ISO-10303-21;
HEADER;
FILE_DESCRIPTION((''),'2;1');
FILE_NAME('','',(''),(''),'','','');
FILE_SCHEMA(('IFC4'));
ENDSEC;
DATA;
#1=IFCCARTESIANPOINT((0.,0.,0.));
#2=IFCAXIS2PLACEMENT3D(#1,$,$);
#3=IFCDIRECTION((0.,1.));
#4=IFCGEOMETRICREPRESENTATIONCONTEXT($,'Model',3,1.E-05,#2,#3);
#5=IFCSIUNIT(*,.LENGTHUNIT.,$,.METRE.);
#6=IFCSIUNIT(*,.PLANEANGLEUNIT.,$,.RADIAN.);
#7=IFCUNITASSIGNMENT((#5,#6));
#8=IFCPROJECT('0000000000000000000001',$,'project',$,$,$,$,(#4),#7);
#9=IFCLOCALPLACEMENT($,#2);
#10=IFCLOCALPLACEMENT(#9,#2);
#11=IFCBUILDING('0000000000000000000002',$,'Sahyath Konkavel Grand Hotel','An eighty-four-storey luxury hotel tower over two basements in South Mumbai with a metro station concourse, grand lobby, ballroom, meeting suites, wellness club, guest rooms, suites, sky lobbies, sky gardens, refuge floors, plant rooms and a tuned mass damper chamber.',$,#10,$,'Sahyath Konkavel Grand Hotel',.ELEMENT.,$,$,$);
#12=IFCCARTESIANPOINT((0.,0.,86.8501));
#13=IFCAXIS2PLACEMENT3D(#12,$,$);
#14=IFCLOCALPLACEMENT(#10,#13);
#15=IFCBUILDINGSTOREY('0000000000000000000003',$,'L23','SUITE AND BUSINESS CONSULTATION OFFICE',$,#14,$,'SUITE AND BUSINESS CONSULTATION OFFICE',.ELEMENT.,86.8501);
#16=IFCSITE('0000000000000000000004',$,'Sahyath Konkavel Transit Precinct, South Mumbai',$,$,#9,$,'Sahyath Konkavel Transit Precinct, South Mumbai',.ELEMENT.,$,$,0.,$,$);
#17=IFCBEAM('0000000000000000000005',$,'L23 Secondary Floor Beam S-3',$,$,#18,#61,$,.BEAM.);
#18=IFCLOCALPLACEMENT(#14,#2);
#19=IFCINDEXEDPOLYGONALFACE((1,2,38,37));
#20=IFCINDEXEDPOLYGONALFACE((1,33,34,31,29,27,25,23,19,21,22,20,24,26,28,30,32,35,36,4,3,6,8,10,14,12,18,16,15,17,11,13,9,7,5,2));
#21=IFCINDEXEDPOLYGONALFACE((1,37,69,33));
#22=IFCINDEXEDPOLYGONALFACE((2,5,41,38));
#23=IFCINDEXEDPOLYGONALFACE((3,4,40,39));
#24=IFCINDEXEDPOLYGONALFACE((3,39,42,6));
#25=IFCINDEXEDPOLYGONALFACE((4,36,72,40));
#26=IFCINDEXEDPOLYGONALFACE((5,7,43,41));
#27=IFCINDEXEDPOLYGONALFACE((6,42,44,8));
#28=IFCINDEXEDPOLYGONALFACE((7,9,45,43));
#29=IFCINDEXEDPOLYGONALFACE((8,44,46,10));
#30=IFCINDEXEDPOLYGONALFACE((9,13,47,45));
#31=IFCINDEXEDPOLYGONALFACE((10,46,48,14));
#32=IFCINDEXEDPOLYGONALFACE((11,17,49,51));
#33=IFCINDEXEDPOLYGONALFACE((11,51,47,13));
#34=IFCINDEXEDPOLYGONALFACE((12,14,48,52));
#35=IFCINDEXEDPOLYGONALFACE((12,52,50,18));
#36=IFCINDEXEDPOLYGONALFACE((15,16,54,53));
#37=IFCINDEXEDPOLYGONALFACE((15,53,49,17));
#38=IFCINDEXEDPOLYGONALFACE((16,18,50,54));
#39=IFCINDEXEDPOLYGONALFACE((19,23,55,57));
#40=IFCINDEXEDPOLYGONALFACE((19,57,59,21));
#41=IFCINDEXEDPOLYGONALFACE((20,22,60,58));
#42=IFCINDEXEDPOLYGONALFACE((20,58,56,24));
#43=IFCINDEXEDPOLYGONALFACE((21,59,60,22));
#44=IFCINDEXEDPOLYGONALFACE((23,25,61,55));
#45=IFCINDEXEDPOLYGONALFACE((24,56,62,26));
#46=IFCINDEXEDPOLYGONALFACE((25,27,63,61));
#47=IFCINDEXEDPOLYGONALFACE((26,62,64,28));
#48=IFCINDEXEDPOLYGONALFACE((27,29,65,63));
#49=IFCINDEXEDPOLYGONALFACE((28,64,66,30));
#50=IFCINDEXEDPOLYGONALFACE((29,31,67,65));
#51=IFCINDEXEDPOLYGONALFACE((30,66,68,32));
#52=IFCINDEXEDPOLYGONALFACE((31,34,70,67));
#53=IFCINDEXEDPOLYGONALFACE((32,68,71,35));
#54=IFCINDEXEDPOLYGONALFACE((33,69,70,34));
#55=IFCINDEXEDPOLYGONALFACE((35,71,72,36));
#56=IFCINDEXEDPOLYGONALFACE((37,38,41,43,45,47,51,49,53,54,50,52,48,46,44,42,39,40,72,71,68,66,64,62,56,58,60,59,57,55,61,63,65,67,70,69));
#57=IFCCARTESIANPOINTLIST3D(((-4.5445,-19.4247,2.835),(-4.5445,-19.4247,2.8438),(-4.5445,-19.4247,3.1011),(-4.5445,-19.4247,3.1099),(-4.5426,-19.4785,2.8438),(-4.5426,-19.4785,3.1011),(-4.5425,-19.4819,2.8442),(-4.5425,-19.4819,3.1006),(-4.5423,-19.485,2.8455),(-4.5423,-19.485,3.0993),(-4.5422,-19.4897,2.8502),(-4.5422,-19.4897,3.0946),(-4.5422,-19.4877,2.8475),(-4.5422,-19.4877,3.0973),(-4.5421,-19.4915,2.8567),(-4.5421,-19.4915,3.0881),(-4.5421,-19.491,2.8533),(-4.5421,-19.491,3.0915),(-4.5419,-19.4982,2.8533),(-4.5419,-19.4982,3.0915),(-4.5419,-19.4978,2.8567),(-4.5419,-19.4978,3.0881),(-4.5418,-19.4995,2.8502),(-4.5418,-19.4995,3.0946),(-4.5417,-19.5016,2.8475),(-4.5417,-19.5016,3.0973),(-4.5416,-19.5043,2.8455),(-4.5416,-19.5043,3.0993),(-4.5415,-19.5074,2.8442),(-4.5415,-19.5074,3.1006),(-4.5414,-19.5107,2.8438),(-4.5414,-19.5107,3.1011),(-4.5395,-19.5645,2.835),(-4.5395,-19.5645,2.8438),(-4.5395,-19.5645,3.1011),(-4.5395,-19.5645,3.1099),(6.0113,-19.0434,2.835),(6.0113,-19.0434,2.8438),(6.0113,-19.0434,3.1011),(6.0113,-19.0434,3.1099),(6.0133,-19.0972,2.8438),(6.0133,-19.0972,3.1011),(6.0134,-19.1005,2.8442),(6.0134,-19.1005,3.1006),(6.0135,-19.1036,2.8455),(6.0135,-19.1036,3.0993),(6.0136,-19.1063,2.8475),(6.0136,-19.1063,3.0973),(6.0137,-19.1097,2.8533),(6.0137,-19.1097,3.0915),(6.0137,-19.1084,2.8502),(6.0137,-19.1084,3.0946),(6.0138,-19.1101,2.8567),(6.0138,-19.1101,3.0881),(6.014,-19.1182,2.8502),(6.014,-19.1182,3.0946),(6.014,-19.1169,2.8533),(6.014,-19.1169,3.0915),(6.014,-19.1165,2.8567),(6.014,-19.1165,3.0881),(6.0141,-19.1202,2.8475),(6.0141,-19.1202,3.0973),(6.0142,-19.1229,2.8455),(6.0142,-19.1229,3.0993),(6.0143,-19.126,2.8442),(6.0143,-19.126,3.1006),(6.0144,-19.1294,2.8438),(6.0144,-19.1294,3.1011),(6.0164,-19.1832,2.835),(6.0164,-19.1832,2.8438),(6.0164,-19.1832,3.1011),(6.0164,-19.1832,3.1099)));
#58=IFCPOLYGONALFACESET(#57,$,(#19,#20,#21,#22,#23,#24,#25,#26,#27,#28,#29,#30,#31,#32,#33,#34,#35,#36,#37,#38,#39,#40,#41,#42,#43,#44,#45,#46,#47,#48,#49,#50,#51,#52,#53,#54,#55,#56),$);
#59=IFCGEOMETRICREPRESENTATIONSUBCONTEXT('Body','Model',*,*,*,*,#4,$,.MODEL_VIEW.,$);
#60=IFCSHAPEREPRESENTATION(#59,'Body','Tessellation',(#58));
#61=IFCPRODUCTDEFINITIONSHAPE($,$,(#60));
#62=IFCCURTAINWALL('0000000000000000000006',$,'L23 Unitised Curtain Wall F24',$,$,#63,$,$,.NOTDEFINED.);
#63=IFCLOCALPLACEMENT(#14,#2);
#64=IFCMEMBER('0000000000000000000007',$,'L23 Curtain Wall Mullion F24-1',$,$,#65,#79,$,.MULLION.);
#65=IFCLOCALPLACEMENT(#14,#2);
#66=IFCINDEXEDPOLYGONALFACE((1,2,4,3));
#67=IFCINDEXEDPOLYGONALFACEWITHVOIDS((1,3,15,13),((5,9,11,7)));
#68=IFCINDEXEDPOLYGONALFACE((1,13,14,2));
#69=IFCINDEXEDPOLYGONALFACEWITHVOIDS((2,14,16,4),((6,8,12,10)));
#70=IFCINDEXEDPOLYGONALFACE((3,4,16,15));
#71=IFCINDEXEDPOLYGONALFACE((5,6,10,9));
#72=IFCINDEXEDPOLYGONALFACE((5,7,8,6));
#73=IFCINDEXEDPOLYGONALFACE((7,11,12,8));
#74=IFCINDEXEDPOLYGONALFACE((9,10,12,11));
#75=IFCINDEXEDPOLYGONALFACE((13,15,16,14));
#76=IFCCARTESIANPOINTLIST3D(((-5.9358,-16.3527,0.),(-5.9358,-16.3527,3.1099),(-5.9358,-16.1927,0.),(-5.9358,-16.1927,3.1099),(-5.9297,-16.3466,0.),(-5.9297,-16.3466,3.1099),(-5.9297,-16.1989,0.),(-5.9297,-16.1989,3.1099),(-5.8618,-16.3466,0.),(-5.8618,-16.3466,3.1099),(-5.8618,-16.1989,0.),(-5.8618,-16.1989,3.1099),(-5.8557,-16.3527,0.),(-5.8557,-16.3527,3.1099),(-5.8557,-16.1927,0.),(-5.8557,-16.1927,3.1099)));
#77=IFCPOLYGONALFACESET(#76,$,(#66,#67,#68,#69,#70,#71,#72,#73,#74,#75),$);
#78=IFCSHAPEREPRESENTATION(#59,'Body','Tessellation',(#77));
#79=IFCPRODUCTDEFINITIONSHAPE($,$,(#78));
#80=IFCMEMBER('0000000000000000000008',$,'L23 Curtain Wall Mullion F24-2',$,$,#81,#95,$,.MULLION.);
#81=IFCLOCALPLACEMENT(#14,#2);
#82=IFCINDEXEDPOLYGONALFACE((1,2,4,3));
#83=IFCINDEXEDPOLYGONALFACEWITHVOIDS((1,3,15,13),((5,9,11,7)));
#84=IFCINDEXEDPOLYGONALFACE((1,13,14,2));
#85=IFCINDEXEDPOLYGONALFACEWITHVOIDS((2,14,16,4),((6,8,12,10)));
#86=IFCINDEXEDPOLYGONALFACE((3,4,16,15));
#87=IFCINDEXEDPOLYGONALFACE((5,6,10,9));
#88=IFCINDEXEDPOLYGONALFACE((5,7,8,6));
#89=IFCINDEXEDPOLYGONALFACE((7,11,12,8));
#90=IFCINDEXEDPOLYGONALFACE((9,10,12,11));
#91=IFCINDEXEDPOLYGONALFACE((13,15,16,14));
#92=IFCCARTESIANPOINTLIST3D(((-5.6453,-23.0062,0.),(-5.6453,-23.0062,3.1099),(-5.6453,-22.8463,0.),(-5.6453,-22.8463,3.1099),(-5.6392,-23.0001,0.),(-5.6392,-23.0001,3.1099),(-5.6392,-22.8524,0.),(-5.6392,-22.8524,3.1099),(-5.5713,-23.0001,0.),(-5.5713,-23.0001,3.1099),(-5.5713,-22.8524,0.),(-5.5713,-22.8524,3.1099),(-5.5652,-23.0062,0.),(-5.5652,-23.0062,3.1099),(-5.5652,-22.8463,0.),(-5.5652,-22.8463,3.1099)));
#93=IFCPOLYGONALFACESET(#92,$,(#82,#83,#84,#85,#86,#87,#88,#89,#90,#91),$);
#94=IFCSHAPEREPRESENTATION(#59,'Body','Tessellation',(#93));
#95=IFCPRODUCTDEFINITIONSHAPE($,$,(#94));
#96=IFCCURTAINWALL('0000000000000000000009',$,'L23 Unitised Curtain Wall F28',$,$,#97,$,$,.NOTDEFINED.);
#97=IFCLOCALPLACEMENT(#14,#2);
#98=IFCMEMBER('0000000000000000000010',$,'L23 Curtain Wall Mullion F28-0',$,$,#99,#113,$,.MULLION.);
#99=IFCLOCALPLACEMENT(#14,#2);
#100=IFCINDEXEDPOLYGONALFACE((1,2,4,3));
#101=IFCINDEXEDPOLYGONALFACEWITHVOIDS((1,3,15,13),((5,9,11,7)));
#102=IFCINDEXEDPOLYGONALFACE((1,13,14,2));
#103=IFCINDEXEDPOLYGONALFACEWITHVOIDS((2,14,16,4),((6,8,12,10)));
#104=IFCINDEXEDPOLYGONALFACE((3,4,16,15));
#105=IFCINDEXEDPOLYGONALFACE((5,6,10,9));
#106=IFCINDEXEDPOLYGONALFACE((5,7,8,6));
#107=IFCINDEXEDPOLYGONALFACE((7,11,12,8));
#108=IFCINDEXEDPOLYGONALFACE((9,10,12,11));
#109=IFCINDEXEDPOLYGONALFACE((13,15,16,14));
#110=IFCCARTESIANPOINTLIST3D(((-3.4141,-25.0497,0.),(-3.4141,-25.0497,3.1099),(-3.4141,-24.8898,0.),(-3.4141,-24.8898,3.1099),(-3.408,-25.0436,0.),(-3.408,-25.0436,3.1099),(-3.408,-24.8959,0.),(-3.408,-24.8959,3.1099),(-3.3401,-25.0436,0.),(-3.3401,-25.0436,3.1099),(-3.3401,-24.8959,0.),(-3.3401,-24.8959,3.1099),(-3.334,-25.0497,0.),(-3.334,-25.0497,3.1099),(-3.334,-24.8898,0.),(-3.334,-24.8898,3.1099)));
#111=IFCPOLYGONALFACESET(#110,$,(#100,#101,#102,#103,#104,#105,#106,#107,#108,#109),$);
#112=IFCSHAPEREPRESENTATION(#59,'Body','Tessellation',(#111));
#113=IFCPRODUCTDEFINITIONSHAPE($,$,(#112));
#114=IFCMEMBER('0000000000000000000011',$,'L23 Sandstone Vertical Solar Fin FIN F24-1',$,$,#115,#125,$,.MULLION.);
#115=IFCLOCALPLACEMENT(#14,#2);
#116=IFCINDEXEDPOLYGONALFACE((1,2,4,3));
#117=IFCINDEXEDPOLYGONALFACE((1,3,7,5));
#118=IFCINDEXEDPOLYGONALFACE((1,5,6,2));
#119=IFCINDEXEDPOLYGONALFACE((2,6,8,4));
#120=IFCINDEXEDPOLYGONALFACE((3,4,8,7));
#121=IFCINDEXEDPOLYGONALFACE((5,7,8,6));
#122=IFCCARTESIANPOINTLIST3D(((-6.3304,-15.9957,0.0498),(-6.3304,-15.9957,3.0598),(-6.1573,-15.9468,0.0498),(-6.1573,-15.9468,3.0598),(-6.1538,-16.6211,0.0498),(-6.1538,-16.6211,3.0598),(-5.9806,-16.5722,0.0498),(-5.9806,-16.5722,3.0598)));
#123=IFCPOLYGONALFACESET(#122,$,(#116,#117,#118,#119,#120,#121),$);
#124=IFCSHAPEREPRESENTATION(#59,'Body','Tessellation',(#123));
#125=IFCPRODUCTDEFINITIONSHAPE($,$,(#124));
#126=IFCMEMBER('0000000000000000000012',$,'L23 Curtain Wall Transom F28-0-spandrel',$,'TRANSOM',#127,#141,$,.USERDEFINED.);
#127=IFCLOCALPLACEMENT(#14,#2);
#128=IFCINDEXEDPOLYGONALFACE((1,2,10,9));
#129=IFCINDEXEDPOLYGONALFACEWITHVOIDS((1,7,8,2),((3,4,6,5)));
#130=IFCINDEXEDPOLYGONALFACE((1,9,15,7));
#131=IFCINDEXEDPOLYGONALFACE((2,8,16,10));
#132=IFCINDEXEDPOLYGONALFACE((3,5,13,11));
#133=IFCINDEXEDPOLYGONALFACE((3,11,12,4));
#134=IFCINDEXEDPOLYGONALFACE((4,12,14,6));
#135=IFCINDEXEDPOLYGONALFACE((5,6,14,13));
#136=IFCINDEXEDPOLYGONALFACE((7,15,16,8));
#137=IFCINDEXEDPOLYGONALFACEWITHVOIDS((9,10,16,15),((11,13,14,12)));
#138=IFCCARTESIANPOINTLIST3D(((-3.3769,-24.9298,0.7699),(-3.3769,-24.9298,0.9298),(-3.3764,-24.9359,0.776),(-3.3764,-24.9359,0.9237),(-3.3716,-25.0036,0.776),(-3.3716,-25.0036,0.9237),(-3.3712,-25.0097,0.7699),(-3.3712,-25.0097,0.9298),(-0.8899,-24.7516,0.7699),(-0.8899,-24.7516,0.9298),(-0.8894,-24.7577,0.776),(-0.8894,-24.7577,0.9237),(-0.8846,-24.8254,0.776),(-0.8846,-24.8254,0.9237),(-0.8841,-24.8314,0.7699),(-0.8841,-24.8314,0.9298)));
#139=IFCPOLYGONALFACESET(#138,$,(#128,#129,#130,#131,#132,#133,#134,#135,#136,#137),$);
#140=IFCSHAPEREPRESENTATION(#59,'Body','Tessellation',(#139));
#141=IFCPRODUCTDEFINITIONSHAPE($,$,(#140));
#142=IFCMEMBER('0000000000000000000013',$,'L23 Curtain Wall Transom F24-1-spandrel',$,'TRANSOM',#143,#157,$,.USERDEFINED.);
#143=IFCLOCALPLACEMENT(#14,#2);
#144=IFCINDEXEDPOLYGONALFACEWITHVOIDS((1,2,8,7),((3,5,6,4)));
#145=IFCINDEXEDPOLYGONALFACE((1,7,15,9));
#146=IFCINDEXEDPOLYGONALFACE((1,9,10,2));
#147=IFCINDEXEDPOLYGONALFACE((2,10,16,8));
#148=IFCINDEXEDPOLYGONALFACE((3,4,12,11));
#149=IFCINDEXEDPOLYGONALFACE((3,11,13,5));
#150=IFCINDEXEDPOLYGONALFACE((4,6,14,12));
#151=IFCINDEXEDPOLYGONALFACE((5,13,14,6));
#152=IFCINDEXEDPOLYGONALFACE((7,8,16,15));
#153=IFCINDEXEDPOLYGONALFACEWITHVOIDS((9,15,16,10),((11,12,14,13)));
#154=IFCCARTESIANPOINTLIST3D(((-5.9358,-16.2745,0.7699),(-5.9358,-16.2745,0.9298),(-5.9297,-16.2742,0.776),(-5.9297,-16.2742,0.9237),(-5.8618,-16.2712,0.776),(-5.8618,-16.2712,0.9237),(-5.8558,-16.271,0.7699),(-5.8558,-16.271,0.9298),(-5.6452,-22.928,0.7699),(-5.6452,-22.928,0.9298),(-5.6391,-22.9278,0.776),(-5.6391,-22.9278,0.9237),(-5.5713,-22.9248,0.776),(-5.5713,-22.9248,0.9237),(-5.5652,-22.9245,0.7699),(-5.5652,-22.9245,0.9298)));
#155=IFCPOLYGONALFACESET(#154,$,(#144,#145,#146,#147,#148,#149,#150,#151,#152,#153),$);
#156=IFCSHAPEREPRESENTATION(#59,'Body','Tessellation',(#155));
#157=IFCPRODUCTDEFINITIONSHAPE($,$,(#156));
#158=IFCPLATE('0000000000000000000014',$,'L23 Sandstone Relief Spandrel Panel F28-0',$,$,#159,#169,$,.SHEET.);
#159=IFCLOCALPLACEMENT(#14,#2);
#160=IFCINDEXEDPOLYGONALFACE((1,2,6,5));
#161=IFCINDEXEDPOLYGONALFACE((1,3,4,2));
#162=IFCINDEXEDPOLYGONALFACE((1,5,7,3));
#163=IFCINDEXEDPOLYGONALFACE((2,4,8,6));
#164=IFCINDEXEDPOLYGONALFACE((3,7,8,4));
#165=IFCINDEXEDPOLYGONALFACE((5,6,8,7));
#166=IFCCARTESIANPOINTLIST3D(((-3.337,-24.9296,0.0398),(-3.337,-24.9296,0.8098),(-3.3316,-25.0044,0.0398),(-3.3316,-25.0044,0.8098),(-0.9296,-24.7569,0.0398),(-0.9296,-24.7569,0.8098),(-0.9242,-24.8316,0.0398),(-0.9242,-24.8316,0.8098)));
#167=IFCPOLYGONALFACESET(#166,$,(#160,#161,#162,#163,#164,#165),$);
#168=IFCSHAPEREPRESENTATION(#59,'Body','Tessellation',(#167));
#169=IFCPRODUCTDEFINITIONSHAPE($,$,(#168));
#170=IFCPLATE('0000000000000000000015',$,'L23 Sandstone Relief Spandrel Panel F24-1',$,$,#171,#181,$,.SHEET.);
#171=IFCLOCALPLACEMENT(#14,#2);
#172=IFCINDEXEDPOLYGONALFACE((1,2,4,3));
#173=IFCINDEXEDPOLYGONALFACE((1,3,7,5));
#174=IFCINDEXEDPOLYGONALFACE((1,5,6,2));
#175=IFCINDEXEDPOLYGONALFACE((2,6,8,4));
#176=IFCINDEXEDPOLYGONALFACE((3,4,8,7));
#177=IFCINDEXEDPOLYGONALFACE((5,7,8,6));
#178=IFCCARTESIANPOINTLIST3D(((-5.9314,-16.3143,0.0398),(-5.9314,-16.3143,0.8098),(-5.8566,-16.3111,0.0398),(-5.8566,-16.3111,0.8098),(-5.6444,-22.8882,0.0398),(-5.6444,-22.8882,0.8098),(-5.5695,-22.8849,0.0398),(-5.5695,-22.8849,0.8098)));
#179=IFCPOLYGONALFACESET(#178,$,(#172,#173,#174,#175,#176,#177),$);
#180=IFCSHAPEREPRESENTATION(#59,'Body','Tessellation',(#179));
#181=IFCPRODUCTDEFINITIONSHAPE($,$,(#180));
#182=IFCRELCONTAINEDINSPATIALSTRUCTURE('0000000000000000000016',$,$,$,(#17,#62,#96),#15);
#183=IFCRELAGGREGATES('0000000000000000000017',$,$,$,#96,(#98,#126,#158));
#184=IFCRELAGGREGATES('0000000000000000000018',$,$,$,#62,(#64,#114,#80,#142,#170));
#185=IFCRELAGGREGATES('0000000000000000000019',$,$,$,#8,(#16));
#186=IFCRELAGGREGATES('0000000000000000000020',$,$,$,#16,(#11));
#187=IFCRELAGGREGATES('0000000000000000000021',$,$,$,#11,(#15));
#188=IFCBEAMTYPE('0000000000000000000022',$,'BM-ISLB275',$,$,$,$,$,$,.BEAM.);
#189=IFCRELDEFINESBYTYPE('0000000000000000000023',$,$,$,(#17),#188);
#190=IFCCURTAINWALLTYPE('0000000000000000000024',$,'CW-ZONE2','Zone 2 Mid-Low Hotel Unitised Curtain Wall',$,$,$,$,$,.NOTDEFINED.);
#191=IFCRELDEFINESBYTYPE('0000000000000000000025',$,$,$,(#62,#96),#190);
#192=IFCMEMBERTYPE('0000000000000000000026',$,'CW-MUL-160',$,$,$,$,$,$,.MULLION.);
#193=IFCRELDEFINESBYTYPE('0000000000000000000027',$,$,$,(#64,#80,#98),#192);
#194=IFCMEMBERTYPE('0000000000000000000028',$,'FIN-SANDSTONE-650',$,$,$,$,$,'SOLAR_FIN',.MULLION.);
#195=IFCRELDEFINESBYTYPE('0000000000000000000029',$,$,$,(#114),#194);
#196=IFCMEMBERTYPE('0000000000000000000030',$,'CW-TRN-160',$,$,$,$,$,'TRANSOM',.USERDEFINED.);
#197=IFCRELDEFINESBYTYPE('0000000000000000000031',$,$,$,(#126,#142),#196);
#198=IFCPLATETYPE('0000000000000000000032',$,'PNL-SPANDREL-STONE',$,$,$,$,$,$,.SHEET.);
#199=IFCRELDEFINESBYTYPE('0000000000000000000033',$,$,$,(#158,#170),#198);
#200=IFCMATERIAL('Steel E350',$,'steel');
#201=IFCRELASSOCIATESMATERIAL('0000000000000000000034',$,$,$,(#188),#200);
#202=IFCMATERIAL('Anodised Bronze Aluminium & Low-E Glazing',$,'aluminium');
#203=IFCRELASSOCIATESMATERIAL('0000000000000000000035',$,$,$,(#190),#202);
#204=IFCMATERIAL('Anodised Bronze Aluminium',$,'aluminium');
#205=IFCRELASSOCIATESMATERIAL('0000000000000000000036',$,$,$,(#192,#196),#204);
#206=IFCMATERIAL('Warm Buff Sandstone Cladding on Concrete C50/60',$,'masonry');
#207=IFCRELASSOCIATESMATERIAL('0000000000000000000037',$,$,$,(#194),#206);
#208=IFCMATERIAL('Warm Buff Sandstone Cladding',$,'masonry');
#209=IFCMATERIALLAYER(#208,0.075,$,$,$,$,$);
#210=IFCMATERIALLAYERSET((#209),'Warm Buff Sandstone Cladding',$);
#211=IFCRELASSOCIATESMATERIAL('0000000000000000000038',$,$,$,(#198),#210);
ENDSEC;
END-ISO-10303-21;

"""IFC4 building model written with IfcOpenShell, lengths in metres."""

from ifc_helpers import new_model, si_unit, direction, frame, origin, origin_2d, place, context, subcontext, project, spatial, rectangle, hollow_rectangle, i_section, extrude, source, transform, mapped, material, layer, layer_set, material_profile, profile_set, type_object, element, aggregate, save


model = new_model("IFC4")

# Units and contexts
model_context = context("Model", 3, precision=1e-05, world=origin(), true_north=direction((0.0, 1.0)))
body_context = subcontext(model_context, "Body", "Model", "MODEL_VIEW")
ifc_project = project(units=[si_unit("LENGTHUNIT", "METRE"), si_unit("PLANEANGLEUNIT", "RADIAN")], contexts=[model_context])

# Site, building, storey
site_placement = place(None, origin())
site = spatial("IfcSite", under=ifc_project, at=site_placement, Name="Sahyath Konkavel Transit Precinct, South Mumbai", LongName="Sahyath Konkavel Transit Precinct, South Mumbai", CompositionType="ELEMENT", RefElevation=0.0)
building_placement = place(site_placement, origin())
building = spatial("IfcBuilding", under=site, at=building_placement, Name="Sahyath Konkavel Grand Hotel", Description="An eighty-four-storey luxury hotel tower over two basements in South Mumbai with a metro station concourse, grand lobby, ballroom, meeting suites, wellness club, guest rooms, suites, sky lobbies, sky gardens, refuge floors, plant rooms and a tuned mass damper chamber.", LongName="Sahyath Konkavel Grand Hotel", CompositionType="ELEMENT")
storey_placement = place(building_placement, frame((0.0, 0.0, 86.8501)))
storey = spatial("IfcBuildingStorey", under=building, at=storey_placement, Name="L23", Description="SUITE AND BUSINESS CONSULTATION OFFICE", LongName="SUITE AND BUSINESS CONSULTATION OFFICE", CompositionType="ELEMENT", Elevation=86.8501)

# Beam
ifc_material_1 = material(Name="Steel E350", Category="steel")
ifc_material_profile_1 = material_profile(ifc_material_1, i_section(OverallWidth=0.1399, OverallDepth=0.2749, WebThickness=0.0063, FlangeThickness=0.0088, FilletRadius=0.0129, at=origin_2d()), Name="ISLB 275")
ifc_profile_set_1 = profile_set([ifc_material_profile_1], Name="Steel E350")
beam_type_1 = type_object("IfcBeamType", Name="BM-ISLB275", PredefinedType="BEAM", material=ifc_profile_set_1)
shared_shape_1 = source(origin(), body_context, "Body", "SweptSolid", [
    extrude(i_section(OverallWidth=0.1399, OverallDepth=0.2749, WebThickness=0.0063, FlangeThickness=0.0088, FilletRadius=0.0129, at=origin_2d()), origin(), (0.0, 0.0, 1.0), 10.5627),
])
beam_1_placement = place(storey_placement, frame((-4.542, -19.4946, 2.9724), z_axis=(0.999348, 0.036103, 0.0), x_axis=(-0.036103, 0.999348, 0.0)))
element("IfcBeam", 1, at=beam_1_placement, inside=storey, type_object=beam_type_1, Name="L23 Secondary Floor Beam S-3", PredefinedType="BEAM", context=body_context, shape_type="MappedRepresentation", body=[
    mapped(shared_shape_1, transform((0.0, 0.0, 0.0), scale=1.0)),
])

# Curtain wall, members
ifc_material_2 = material(Name="Anodised Bronze Aluminium & Low-E Glazing", Category="aluminium")
curtain_wall_type = type_object("IfcCurtainWallType", Name="CW-ZONE2", Description="Zone 2 Mid-Low Hotel Unitised Curtain Wall", PredefinedType="NOTDEFINED", material=ifc_material_2)
curtain_wall_1_placement = place(storey_placement, origin())
curtain_wall_1 = element("IfcCurtainWall", 2, at=curtain_wall_1_placement, inside=storey, type_object=curtain_wall_type, Name="L23 Unitised Curtain Wall F24", PredefinedType="NOTDEFINED")
ifc_material_3 = material(Name="Anodised Bronze Aluminium", Category="aluminium")
ifc_material_profile_2 = material_profile(ifc_material_3, hollow_rectangle(XDim=0.0801, YDim=0.1599, WallThickness=0.0061, at=origin_2d()), Name="RHS 160x80x6")
ifc_profile_set_2 = profile_set([ifc_material_profile_2], Name="Anodised Bronze Aluminium")
member_type_1 = type_object("IfcMemberType", Name="CW-MUL-160", PredefinedType="MULLION", material=ifc_profile_set_2)
shared_shape_2 = source(origin(), body_context, "Body", "SweptSolid", [
    extrude(hollow_rectangle(XDim=0.0801, YDim=0.1599, WallThickness=0.0061, at=origin_2d()), origin(), (0.0, 0.0, 1.0), 3.1099),
])
member_1_placement = place(storey_placement, frame((-5.8958, -16.2727, 0.0), z_axis=(0.0, 0.0, 1.0), x_axis=(1.0, 0.0, 0.0)))
member_1 = element("IfcMember", 3, at=member_1_placement, type_object=member_type_1, Name="L23 Curtain Wall Mullion F24-1", PredefinedType="MULLION", context=body_context, shape_type="MappedRepresentation", body=[
    mapped(shared_shape_2, transform((0.0, 0.0, 0.0), scale=1.0)),
])
member_2_placement = place(storey_placement, frame((-5.6052, -22.9263, 0.0), z_axis=(0.0, 0.0, 1.0), x_axis=(1.0, 0.0, 0.0)))
member_2 = element("IfcMember", 4, at=member_2_placement, type_object=member_type_1, Name="L23 Curtain Wall Mullion F24-2", PredefinedType="MULLION", context=body_context, shape_type="MappedRepresentation", body=[
    mapped(shared_shape_2, transform((0.0, 0.0, 0.0), scale=1.0)),
])

# Curtain wall, member
curtain_wall_2_placement = place(storey_placement, origin())
curtain_wall_2 = element("IfcCurtainWall", 5, at=curtain_wall_2_placement, inside=storey, type_object=curtain_wall_type, Name="L23 Unitised Curtain Wall F28", PredefinedType="NOTDEFINED")
member_3_placement = place(storey_placement, frame((-3.374, -24.9697, 0.0), z_axis=(0.0, 0.0, 1.0), x_axis=(1.0, 0.0, 0.0)))
member_3 = element("IfcMember", 6, at=member_3_placement, type_object=member_type_1, Name="L23 Curtain Wall Mullion F28-0", PredefinedType="MULLION", context=body_context, shape_type="MappedRepresentation", body=[
    mapped(shared_shape_2, transform((0.0, 0.0, 0.0), scale=1.0)),
])

# Members
ifc_material_4 = material(Name="Warm Buff Sandstone Cladding on Concrete C50/60", Category="masonry")
ifc_material_profile_3 = material_profile(ifc_material_4, rectangle(XDim=0.1799, YDim=0.6499, at=origin_2d()), Name="FIN 180x650")
ifc_profile_set_3 = profile_set([ifc_material_profile_3], Name="Warm Buff Sandstone Cladding on Concrete C50/60")
member_type_2 = type_object("IfcMemberType", Name="FIN-SANDSTONE-650", ElementType="SOLAR_FIN", PredefinedType="MULLION", material=ifc_profile_set_3)
shared_shape_3 = source(origin(), body_context, "Body", "SweptSolid", [
    extrude(rectangle(XDim=0.1799, YDim=0.6499, at=origin_2d()), origin(), (0.0, 0.0, 1.0), 3.01),
])
member_4_placement = place(storey_placement, frame((-6.1555, -16.2839, 0.0498), z_axis=(0.0, 0.0, 1.0), x_axis=(0.96236, 0.271776, 0.0)))
member_4 = element("IfcMember", 7, at=member_4_placement, type_object=member_type_2, Name="L23 Sandstone Vertical Solar Fin FIN F24-1", PredefinedType="MULLION", context=body_context, shape_type="MappedRepresentation", body=[
    mapped(shared_shape_3, transform((0.0, 0.0, 0.0), scale=1.0)),
])
ifc_material_profile_4 = material_profile(ifc_material_3, hollow_rectangle(XDim=0.0801, YDim=0.1599, WallThickness=0.0061, at=origin_2d()), Name="RHS 160x80x6")
ifc_profile_set_4 = profile_set([ifc_material_profile_4], Name="Anodised Bronze Aluminium")
member_type_3 = type_object("IfcMemberType", Name="CW-TRN-160", ElementType="TRANSOM", PredefinedType="USERDEFINED", material=ifc_profile_set_4)
shared_shape_4 = source(origin(), body_context, "Body", "SweptSolid", [
    extrude(hollow_rectangle(XDim=0.0801, YDim=0.1599, WallThickness=0.0061, at=origin_2d()), origin(), (0.0, 0.0, 1.0), 2.4934),
])
member_5_placement = place(storey_placement, frame((-3.374, -24.9697, 0.8499), z_axis=(0.997442, 0.071477, 0.0), x_axis=(-0.071477, 0.997442, 0.0)))
member_5 = element("IfcMember", 8, at=member_5_placement, type_object=member_type_3, Name="L23 Curtain Wall Transom F28-0-spandrel", ObjectType="TRANSOM", PredefinedType="USERDEFINED", context=body_context, shape_type="MappedRepresentation", body=[
    mapped(shared_shape_4, transform((0.0, 0.0, 0.0), scale=1.0)),
])
shared_shape_5 = source(origin(), body_context, "Body", "SweptSolid", [
    extrude(hollow_rectangle(XDim=0.0801, YDim=0.1599, WallThickness=0.0061, at=origin_2d()), origin(), (0.0, 0.0, 1.0), 6.6599),
])
member_6_placement = place(storey_placement, frame((-5.8958, -16.2727, 0.8499), z_axis=(0.043623, -0.999048, 0.0), x_axis=(0.999048, 0.043623, 0.0)))
member_6 = element("IfcMember", 9, at=member_6_placement, type_object=member_type_3, Name="L23 Curtain Wall Transom F24-1-spandrel", ObjectType="TRANSOM", PredefinedType="USERDEFINED", context=body_context, shape_type="MappedRepresentation", body=[
    mapped(shared_shape_5, transform((0.0, 0.0, 0.0), scale=1.0)),
])

# Plates
ifc_material_5 = material(Name="Warm Buff Sandstone Cladding", Category="masonry")
ifc_layer_1 = layer(ifc_material_5, 0.075)
ifc_layer_set_1 = layer_set([ifc_layer_1], Name="Warm Buff Sandstone Cladding")
plate_type_1 = type_object("IfcPlateType", Name="PNL-SPANDREL-STONE", PredefinedType="SHEET", material=ifc_layer_set_1)
shared_shape_6 = source(origin(), body_context, "Body", "SweptSolid", [
    extrude(rectangle(XDim=2.4136, YDim=0.075, at=origin_2d()), origin(), (0.0, 0.0, 1.0), 0.77),
])
plate_1_placement = place(storey_placement, frame((-2.1306, -24.8806, 0.0398), z_axis=(0.0, 0.0, 1.0), x_axis=(0.997436, 0.071567, 0.0)))
plate_1 = element("IfcPlate", 10, at=plate_1_placement, type_object=plate_type_1, Name="L23 Sandstone Relief Spandrel Panel F28-0", PredefinedType="SHEET", context=body_context, shape_type="MappedRepresentation", body=[
    mapped(shared_shape_6, transform((0.0, 0.0, 0.0), scale=1.0)),
])
shared_shape_7 = source(origin(), body_context, "Body", "SweptSolid", [
    extrude(rectangle(XDim=6.5801, YDim=0.075, at=origin_2d()), origin(), (0.0, 0.0, 1.0), 0.77),
])
plate_2_placement = place(storey_placement, frame((-5.7505, -19.5996, 0.0398), z_axis=(0.0, 0.0, 1.0), x_axis=(0.043619, -0.999048, 0.0)))
plate_2 = element("IfcPlate", 11, at=plate_2_placement, type_object=plate_type_1, Name="L23 Sandstone Relief Spandrel Panel F24-1", PredefinedType="SHEET", context=body_context, shape_type="MappedRepresentation", body=[
    mapped(shared_shape_7, transform((0.0, 0.0, 0.0), scale=1.0)),
])
aggregate(curtain_wall_2, [member_3, member_5, plate_1])
aggregate(curtain_wall_1, [member_1, member_4, member_2, member_6, plate_2])

save(model, "model.ifc")
